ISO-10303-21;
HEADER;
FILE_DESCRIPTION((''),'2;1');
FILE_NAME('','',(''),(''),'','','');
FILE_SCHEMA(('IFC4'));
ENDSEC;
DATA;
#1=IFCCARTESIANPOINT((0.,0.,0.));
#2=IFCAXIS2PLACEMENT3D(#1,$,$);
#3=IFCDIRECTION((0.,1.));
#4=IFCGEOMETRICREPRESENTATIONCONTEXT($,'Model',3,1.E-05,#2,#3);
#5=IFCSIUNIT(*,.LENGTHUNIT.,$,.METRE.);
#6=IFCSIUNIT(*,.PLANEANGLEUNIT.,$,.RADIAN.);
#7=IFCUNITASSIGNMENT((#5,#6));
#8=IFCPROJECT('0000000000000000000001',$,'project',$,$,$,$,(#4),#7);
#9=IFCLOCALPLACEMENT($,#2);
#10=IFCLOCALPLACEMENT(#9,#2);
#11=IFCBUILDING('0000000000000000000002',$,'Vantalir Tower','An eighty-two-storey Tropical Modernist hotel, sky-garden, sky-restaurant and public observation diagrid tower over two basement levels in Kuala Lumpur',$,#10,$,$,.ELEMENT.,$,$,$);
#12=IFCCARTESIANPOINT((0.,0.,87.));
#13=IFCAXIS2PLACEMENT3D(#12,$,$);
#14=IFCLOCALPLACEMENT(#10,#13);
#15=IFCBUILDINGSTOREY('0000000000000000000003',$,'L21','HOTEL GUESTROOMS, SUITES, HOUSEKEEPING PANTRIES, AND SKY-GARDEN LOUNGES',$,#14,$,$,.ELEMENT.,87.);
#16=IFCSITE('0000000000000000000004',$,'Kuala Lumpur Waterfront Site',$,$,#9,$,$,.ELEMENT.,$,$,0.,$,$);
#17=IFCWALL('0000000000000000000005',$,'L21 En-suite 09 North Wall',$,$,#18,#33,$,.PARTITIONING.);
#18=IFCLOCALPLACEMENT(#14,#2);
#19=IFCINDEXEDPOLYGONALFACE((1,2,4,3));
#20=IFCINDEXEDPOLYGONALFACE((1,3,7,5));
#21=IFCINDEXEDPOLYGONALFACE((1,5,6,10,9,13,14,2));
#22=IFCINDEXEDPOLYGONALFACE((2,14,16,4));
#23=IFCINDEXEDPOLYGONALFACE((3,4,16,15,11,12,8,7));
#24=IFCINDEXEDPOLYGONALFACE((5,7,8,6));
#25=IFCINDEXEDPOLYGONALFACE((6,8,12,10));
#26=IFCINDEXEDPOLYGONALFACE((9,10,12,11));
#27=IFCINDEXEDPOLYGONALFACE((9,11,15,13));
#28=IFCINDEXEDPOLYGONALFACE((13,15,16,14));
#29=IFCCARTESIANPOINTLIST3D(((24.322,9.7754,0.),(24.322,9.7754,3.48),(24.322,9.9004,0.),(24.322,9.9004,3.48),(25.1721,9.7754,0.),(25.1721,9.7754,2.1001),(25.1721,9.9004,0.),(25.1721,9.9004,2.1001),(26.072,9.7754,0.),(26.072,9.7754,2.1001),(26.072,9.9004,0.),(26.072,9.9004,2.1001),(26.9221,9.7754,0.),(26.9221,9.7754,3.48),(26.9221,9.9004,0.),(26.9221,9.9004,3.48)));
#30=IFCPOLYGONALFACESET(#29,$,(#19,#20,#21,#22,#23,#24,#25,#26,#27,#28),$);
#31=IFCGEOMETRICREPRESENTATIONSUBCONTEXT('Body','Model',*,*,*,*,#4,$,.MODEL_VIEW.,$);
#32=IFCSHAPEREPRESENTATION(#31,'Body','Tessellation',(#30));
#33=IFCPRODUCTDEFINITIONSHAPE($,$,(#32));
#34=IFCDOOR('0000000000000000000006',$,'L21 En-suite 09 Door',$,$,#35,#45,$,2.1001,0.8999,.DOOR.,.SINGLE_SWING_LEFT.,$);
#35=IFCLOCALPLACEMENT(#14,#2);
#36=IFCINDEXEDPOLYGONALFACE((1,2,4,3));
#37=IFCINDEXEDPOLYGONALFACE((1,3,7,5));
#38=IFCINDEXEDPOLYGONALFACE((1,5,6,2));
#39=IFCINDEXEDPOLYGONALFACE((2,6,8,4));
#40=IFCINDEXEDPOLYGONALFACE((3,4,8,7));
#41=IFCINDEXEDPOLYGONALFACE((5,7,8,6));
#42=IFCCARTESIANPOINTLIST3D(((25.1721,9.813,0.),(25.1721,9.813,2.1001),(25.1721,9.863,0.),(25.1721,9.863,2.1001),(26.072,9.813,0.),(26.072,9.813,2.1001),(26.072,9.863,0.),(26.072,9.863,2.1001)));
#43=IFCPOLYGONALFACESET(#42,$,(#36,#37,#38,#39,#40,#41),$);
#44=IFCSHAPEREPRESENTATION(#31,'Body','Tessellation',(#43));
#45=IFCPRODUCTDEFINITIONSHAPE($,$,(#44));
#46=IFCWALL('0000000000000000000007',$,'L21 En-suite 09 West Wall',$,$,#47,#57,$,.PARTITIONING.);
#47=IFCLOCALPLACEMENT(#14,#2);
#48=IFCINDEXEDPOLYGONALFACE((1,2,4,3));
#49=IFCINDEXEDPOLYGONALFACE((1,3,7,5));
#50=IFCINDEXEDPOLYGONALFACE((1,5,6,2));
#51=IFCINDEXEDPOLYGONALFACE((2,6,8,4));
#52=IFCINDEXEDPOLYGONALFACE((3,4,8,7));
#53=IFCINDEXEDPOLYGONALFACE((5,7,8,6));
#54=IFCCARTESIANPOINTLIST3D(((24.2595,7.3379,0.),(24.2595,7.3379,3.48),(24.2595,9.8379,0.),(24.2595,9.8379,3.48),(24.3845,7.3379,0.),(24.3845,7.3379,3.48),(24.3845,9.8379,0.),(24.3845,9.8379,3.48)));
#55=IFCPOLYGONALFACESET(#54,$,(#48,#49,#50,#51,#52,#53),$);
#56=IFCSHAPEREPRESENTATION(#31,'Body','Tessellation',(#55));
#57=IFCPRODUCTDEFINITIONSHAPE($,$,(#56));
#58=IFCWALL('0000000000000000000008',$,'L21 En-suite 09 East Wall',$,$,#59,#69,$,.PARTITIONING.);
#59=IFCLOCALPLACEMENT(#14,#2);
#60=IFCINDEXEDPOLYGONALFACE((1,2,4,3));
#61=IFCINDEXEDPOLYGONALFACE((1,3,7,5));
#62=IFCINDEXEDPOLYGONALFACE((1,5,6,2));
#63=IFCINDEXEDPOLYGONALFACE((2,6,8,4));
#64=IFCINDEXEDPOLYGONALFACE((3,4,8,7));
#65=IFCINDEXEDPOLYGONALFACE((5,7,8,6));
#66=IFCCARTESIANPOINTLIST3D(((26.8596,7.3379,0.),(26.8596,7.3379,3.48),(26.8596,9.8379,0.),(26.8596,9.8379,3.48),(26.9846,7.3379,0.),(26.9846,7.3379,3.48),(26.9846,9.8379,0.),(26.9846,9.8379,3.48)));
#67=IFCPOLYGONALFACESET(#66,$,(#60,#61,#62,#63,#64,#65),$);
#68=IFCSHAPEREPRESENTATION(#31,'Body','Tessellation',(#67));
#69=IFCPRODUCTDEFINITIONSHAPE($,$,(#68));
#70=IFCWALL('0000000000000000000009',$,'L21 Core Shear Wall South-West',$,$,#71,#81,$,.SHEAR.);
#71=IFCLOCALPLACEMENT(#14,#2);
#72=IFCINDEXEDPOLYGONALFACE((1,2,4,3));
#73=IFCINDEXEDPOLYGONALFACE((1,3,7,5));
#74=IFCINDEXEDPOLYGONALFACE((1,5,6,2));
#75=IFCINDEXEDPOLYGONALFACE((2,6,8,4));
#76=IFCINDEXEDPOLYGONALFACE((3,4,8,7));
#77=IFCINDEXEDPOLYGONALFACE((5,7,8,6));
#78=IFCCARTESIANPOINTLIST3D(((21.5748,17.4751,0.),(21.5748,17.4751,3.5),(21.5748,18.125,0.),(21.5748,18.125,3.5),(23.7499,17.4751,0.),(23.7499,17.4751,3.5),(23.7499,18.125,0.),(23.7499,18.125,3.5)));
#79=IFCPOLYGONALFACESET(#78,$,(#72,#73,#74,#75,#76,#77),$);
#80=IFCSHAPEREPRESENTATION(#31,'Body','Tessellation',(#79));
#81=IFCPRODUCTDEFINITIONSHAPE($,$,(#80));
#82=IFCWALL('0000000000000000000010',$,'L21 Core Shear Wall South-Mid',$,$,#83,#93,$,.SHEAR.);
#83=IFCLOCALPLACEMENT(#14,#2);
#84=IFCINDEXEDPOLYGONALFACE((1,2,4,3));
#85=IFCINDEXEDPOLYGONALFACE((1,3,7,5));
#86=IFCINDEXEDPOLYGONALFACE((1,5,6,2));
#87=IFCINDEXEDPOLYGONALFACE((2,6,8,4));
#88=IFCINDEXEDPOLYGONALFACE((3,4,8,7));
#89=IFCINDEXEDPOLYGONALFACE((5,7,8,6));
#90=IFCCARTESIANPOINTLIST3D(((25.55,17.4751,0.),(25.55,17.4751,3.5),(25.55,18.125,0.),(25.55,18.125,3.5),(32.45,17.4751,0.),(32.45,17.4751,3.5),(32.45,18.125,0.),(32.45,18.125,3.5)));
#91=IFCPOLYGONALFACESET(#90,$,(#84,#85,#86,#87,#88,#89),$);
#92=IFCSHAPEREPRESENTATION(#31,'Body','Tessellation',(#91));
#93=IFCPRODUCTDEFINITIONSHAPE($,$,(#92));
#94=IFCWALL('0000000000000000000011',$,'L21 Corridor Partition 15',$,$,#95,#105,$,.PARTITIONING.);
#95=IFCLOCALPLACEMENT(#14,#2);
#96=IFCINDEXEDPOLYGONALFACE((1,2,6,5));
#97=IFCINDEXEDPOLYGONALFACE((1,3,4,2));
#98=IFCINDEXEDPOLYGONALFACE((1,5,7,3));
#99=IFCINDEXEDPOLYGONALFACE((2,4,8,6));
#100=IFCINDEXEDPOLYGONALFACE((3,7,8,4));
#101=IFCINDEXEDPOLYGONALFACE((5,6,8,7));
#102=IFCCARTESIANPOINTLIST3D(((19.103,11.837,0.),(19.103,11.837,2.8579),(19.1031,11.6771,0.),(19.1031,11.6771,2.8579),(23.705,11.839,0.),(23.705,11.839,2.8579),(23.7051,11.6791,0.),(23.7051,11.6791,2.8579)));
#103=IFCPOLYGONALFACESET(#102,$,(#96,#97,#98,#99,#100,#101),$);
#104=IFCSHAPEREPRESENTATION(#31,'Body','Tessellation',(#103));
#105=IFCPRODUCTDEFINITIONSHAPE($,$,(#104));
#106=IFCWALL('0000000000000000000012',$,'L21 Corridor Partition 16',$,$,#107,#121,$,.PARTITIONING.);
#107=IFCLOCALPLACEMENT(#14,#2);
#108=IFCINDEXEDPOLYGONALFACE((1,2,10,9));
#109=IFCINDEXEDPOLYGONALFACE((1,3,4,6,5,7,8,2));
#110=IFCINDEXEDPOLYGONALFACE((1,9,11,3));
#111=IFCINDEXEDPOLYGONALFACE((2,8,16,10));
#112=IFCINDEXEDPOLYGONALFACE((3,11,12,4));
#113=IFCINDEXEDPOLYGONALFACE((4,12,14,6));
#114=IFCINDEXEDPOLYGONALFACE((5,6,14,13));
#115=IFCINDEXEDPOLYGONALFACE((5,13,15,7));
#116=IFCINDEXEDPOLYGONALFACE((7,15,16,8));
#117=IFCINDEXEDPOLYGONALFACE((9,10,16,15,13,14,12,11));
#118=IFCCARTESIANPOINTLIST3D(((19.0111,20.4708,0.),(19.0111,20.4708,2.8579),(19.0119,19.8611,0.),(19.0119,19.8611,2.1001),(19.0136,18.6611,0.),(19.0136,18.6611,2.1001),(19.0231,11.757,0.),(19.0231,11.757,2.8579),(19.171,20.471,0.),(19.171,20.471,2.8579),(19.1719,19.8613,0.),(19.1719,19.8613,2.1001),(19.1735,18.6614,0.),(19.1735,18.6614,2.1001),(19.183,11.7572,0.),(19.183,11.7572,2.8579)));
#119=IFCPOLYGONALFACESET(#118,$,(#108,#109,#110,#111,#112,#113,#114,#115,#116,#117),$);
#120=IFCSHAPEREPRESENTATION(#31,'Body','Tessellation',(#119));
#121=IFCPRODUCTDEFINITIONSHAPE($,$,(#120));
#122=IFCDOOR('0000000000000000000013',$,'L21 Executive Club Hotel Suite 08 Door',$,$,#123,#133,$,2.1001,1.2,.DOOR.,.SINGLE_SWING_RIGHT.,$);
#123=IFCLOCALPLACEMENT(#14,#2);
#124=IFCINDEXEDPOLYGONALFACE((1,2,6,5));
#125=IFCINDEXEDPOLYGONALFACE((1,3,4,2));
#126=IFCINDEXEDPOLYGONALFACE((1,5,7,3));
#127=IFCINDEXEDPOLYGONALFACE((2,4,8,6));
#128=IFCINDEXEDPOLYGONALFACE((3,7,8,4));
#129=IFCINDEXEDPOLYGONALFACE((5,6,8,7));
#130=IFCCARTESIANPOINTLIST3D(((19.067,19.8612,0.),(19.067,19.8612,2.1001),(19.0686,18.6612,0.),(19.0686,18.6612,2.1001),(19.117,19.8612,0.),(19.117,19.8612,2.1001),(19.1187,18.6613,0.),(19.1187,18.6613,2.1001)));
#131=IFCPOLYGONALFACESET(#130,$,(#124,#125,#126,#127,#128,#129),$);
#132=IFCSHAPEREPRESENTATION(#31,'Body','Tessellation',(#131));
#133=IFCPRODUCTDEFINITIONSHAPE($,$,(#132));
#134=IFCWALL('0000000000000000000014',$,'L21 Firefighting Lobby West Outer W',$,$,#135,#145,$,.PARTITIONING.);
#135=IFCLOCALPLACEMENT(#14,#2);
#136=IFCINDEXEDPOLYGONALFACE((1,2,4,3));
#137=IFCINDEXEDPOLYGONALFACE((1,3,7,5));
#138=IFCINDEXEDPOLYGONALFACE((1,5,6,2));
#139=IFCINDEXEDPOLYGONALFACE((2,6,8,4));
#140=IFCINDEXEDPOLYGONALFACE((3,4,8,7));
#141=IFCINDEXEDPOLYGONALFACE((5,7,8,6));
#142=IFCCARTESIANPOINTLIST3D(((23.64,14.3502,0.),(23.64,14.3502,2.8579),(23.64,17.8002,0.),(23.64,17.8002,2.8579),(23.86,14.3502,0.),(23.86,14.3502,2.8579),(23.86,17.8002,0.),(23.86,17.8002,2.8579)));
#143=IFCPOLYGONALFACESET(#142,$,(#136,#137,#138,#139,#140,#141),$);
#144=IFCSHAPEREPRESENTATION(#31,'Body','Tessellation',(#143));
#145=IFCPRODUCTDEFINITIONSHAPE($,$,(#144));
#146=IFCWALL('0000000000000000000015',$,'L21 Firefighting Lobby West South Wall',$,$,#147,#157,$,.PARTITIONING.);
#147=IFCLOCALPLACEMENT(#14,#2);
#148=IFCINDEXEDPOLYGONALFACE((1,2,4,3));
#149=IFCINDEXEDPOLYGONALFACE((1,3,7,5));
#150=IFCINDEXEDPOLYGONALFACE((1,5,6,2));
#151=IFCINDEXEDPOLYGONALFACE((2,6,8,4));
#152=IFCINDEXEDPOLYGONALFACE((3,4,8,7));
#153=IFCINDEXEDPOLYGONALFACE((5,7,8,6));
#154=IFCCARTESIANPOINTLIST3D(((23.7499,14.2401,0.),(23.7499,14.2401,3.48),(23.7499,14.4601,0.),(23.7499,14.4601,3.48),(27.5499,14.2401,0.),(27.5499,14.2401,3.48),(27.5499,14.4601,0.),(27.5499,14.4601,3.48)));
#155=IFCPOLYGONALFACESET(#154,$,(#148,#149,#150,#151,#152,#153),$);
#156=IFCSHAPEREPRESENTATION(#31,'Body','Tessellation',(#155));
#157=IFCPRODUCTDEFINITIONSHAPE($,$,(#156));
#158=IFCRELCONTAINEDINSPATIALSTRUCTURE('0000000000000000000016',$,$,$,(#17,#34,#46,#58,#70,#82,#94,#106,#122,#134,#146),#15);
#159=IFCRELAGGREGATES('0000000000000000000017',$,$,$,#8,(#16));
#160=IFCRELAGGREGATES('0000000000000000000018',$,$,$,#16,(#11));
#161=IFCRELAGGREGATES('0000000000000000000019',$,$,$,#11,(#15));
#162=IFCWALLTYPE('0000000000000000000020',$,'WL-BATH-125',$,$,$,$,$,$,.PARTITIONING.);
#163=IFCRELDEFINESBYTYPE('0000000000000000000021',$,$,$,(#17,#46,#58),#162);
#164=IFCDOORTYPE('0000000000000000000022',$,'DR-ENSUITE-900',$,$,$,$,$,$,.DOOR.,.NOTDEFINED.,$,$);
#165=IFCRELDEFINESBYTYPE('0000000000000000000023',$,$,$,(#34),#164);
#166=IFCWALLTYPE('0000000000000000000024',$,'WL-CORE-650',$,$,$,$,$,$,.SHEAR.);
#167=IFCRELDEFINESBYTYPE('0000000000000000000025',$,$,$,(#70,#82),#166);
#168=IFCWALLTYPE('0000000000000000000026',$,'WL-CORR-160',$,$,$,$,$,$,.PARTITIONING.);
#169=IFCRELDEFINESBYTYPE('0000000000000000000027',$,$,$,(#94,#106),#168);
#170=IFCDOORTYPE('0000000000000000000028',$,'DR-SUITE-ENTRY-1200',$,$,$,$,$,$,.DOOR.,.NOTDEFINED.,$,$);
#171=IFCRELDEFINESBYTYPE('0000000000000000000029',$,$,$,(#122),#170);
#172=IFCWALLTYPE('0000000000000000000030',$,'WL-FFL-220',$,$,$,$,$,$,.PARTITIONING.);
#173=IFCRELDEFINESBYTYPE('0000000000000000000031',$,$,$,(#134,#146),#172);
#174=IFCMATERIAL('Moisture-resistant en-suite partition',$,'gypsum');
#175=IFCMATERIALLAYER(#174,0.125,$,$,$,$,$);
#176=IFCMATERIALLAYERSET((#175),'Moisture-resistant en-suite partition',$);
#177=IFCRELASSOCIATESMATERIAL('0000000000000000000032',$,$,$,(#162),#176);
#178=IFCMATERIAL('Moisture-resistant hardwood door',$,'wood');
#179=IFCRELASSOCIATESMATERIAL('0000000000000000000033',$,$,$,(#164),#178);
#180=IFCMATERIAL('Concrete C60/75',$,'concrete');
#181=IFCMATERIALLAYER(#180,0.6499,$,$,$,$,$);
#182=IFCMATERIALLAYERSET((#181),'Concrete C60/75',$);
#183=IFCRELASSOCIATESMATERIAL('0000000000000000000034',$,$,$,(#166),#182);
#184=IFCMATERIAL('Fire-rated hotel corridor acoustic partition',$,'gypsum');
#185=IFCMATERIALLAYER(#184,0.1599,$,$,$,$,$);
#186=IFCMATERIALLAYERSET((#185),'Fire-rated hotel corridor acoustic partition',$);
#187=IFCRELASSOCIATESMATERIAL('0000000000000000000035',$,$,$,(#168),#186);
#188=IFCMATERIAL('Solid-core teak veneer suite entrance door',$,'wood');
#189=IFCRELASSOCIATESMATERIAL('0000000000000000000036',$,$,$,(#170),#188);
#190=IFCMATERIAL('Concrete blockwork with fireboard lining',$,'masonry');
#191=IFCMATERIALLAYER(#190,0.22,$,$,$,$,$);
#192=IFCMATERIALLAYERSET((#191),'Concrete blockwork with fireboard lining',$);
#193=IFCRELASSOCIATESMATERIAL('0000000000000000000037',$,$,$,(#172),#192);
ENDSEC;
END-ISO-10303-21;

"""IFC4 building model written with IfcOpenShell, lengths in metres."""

from ifc_helpers import new_model, si_unit, direction, frame, frame_2d, origin, place, context, subcontext, project, spatial, rectangle, extrude, material, layer, layer_set, type_object, element, fill, save


model = new_model("IFC4")

# Units and contexts
model_context = context("Model", 3, precision=1e-05, world=origin(), true_north=direction((0.0, 1.0)))
body_context = subcontext(model_context, "Body", "Model", "MODEL_VIEW")
ifc_project = project(units=[si_unit("LENGTHUNIT", "METRE"), si_unit("PLANEANGLEUNIT", "RADIAN")], contexts=[model_context])

# Site, building, storey
site_placement = place(None, origin())
site = spatial("IfcSite", under=ifc_project, at=site_placement, Name="Kuala Lumpur Waterfront Site", CompositionType="ELEMENT", RefElevation=0.0)
building_placement = place(site_placement, origin())
building = spatial("IfcBuilding", under=site, at=building_placement, Name="Vantalir Tower", Description="An eighty-two-storey Tropical Modernist hotel, sky-garden, sky-restaurant and public observation diagrid tower over two basement levels in Kuala Lumpur", CompositionType="ELEMENT")
storey_placement = place(building_placement, frame((0.0, 0.0, 87.0)))
storey = spatial("IfcBuildingStorey", under=building, at=storey_placement, Name="L21", Description="HOTEL GUESTROOMS, SUITES, HOUSEKEEPING PANTRIES, AND SKY-GARDEN LOUNGES", CompositionType="ELEMENT", Elevation=87.0)

# Shared definitions
ifc_material_1 = material(Name="Concrete C60/75", Category="concrete")

# Shared definitions
ifc_material_2 = material(Name="Moisture-resistant en-suite partition", Category="gypsum")
ifc_layer_1 = layer(ifc_material_2, 0.125)
ifc_layer_set_1 = layer_set([ifc_layer_1], Name="Moisture-resistant en-suite partition")
wall_type_1 = type_object("IfcWallType", Name="WL-BATH-125", PredefinedType="PARTITIONING", material=ifc_layer_set_1)

# Wall, opening, door
wall_1_placement = place(storey_placement, frame((24.322, 9.8379, 0.0), z_axis=(0.0, 0.0, 1.0), x_axis=(1.0, 0.0, 0.0)))
wall_1 = element("IfcWall", 1, at=wall_1_placement, inside=storey, type_object=wall_type_1, Name="L21 En-suite 09 North Wall", PredefinedType="PARTITIONING", context=body_context, shape_type="SweptSolid", body=[
    extrude(rectangle(XDim=2.6001, YDim=0.125, at=frame_2d((1.3, 0.0))), origin(), (0.0, 0.0, 1.0), 3.48),
])
opening_1_placement = place(wall_1_placement, frame((0.8501, 0.0, 0.0)))
opening_1 = element("IfcOpeningElement", 2, at=opening_1_placement, cuts=wall_1, PredefinedType="OPENING", context=body_context, shape_type="SweptSolid", body=[
    extrude(rectangle(XDim=0.8999, YDim=2.1001, at=frame_2d((0.45, 1.05))), frame((0.0, 0.0725, 0.0), z_axis=(0.0, -1.0, 0.0), x_axis=(1.0, 0.0, 0.0)), (0.0, 0.0, 1.0), 0.145),
])
ifc_material_3 = material(Name="Moisture-resistant hardwood door", Category="wood")
door_type_1 = type_object("IfcDoorType", Name="DR-ENSUITE-900", OperationType="NOTDEFINED", PredefinedType="DOOR", material=ifc_material_3)
door_1_placement = place(opening_1_placement, frame((0.8999, 0.0, 0.0), z_axis=(0.0, 0.0, 1.0), x_axis=(-1.0, 0.0, 0.0)))
door_1 = element("IfcDoor", 3, at=door_1_placement, inside=storey, type_object=door_type_1, Name="L21 En-suite 09 Door", OperationType="SINGLE_SWING_LEFT", OverallHeight=2.1001, OverallWidth=0.8999, PredefinedType="DOOR", context=body_context, shape_type="SweptSolid", body=[
    extrude(rectangle(XDim=0.8999, YDim=2.1001, at=frame_2d((0.45, 1.05))), frame((0.0, 0.0249, 0.0), z_axis=(0.0, -1.0, 0.0), x_axis=(1.0, 0.0, 0.0)), (0.0, 0.0, 1.0), 0.05),
])
fill(opening_1, door_1)

# Walls
for number, where, z_axis, x_axis, name in (
    (4, (24.322, 7.3379, 0.0), (0.0, 0.0, 1.0), (0.0, 1.0, 0.0), "L21 En-suite 09 West Wall"),
    (5, (26.9221, 7.3379, 0.0), (0.0, 0.0, 1.0), (0.0, 1.0, 0.0), "L21 En-suite 09 East Wall"),
):
    element("IfcWall", number, at=place(storey_placement, frame(where, z_axis=z_axis, x_axis=x_axis)), inside=storey, type_object=wall_type_1, Name=name, PredefinedType="PARTITIONING", context=body_context, shape_type="SweptSolid", body=[
        extrude(rectangle(XDim=2.5, YDim=0.125, at=frame_2d((1.25, 0.0))), origin(), (0.0, 0.0, 1.0), 3.48),
    ])
ifc_layer_2 = layer(ifc_material_1, 0.6499)
ifc_layer_set_2 = layer_set([ifc_layer_2], Name="Concrete C60/75")
wall_type_2 = type_object("IfcWallType", Name="WL-CORE-650", PredefinedType="SHEAR", material=ifc_layer_set_2)
wall_2_placement = place(storey_placement, frame((21.575, 17.8, 0.0), z_axis=(0.0, 0.0, 1.0), x_axis=(1.0, 0.0, 0.0)))
element("IfcWall", 6, at=wall_2_placement, inside=storey, type_object=wall_type_2, Name="L21 Core Shear Wall South-West", PredefinedType="SHEAR", context=body_context, shape_type="SweptSolid", body=[
    extrude(rectangle(XDim=2.175, YDim=0.6499, at=frame_2d((1.0874, 0.0))), origin(), (0.0, 0.0, 1.0), 3.5),
])
wall_3_placement = place(storey_placement, frame((25.55, 17.8, 0.0), z_axis=(0.0, 0.0, 1.0), x_axis=(1.0, 0.0, 0.0)))
element("IfcWall", 7, at=wall_3_placement, inside=storey, type_object=wall_type_2, Name="L21 Core Shear Wall South-Mid", PredefinedType="SHEAR", context=body_context, shape_type="SweptSolid", body=[
    extrude(rectangle(XDim=6.8999, YDim=0.6499, at=frame_2d((3.45, 0.0))), origin(), (0.0, 0.0, 1.0), 3.5),
])
ifc_material_4 = material(Name="Fire-rated hotel corridor acoustic partition", Category="gypsum")
ifc_layer_3 = layer(ifc_material_4, 0.1599)
ifc_layer_set_3 = layer_set([ifc_layer_3], Name="Fire-rated hotel corridor acoustic partition")
wall_type_3 = type_object("IfcWallType", Name="WL-CORR-160", PredefinedType="PARTITIONING", material=ifc_layer_set_3)
wall_4_placement = place(storey_placement, frame((23.7051, 11.759, 0.0), z_axis=(0.0, 0.0, 1.0), x_axis=(-1.0, -0.000424, 0.0)))
element("IfcWall", 8, at=wall_4_placement, inside=storey, type_object=wall_type_3, Name="L21 Corridor Partition 15", PredefinedType="PARTITIONING", context=body_context, shape_type="SweptSolid", body=[
    extrude(rectangle(XDim=4.6021, YDim=0.1599, at=frame_2d((2.301, 0.0))), origin(), (0.0, 0.0, 1.0), 2.8579),
])

# Wall, opening, door
wall_5_placement = place(storey_placement, frame((19.103, 11.7571, 0.0), z_axis=(0.0, 0.0, 1.0), x_axis=(-0.001373, 0.999999, 0.0)))
wall_5 = element("IfcWall", 9, at=wall_5_placement, inside=storey, type_object=wall_type_3, Name="L21 Corridor Partition 16", PredefinedType="PARTITIONING", context=body_context, shape_type="SweptSolid", body=[
    extrude(rectangle(XDim=8.7139, YDim=0.1599, at=frame_2d((4.3569, 0.0))), origin(), (0.0, 0.0, 1.0), 2.8579),
])
opening_2_placement = place(wall_5_placement, frame((6.9041, 0.0, 0.0)))
opening_2 = element("IfcOpeningElement", 10, at=opening_2_placement, cuts=wall_5, PredefinedType="OPENING", context=body_context, shape_type="SweptSolid", body=[
    extrude(rectangle(XDim=1.2, YDim=2.1001, at=frame_2d((0.6001, 1.05))), frame((0.0, 0.0898, 0.0), z_axis=(0.0, -1.0, 0.0), x_axis=(1.0, 0.0, 0.0)), (0.0, 0.0, 1.0), 0.1799),
])
ifc_material_5 = material(Name="Solid-core teak veneer suite entrance door", Category="wood")
door_type_2 = type_object("IfcDoorType", Name="DR-SUITE-ENTRY-1200", OperationType="NOTDEFINED", PredefinedType="DOOR", material=ifc_material_5)
door_2_placement = place(opening_2_placement, origin())
door_2 = element("IfcDoor", 11, at=door_2_placement, inside=storey, type_object=door_type_2, Name="L21 Executive Club Hotel Suite 08 Door", OperationType="SINGLE_SWING_RIGHT", OverallHeight=2.1001, OverallWidth=1.2, PredefinedType="DOOR", context=body_context, shape_type="SweptSolid", body=[
    extrude(rectangle(XDim=1.2, YDim=2.1001, at=frame_2d((0.6001, 1.05))), frame((0.0, 0.0249, 0.0), z_axis=(0.0, -1.0, 0.0), x_axis=(1.0, 0.0, 0.0)), (0.0, 0.0, 1.0), 0.05),
])
fill(opening_2, door_2)

# Walls
ifc_material_6 = material(Name="Concrete blockwork with fireboard lining", Category="masonry")
ifc_layer_4 = layer(ifc_material_6, 0.22)
ifc_layer_set_4 = layer_set([ifc_layer_4], Name="Concrete blockwork with fireboard lining")
wall_type_4 = type_object("IfcWallType", Name="WL-FFL-220", PredefinedType="PARTITIONING", material=ifc_layer_set_4)
wall_6_placement = place(storey_placement, frame((23.75, 14.3501, 0.0), z_axis=(0.0, 0.0, 1.0), x_axis=(0.0, 1.0, 0.0)))
element("IfcWall", 12, at=wall_6_placement, inside=storey, type_object=wall_type_4, Name="L21 Firefighting Lobby West Outer W", PredefinedType="PARTITIONING", context=body_context, shape_type="SweptSolid", body=[
    extrude(rectangle(XDim=3.45, YDim=0.22, at=frame_2d((1.7251, 0.0))), origin(), (0.0, 0.0, 1.0), 2.8579),
])
wall_7_placement = place(storey_placement, frame((23.75, 14.3501, 0.0), z_axis=(0.0, 0.0, 1.0), x_axis=(1.0, 0.0, 0.0)))
element("IfcWall", 13, at=wall_7_placement, inside=storey, type_object=wall_type_4, Name="L21 Firefighting Lobby West South Wall", PredefinedType="PARTITIONING", context=body_context, shape_type="SweptSolid", body=[
    extrude(rectangle(XDim=3.8, YDim=0.22, at=frame_2d((1.8999, 0.0))), origin(), (0.0, 0.0, 1.0), 3.48),
])

save(model, "model.ifc")
